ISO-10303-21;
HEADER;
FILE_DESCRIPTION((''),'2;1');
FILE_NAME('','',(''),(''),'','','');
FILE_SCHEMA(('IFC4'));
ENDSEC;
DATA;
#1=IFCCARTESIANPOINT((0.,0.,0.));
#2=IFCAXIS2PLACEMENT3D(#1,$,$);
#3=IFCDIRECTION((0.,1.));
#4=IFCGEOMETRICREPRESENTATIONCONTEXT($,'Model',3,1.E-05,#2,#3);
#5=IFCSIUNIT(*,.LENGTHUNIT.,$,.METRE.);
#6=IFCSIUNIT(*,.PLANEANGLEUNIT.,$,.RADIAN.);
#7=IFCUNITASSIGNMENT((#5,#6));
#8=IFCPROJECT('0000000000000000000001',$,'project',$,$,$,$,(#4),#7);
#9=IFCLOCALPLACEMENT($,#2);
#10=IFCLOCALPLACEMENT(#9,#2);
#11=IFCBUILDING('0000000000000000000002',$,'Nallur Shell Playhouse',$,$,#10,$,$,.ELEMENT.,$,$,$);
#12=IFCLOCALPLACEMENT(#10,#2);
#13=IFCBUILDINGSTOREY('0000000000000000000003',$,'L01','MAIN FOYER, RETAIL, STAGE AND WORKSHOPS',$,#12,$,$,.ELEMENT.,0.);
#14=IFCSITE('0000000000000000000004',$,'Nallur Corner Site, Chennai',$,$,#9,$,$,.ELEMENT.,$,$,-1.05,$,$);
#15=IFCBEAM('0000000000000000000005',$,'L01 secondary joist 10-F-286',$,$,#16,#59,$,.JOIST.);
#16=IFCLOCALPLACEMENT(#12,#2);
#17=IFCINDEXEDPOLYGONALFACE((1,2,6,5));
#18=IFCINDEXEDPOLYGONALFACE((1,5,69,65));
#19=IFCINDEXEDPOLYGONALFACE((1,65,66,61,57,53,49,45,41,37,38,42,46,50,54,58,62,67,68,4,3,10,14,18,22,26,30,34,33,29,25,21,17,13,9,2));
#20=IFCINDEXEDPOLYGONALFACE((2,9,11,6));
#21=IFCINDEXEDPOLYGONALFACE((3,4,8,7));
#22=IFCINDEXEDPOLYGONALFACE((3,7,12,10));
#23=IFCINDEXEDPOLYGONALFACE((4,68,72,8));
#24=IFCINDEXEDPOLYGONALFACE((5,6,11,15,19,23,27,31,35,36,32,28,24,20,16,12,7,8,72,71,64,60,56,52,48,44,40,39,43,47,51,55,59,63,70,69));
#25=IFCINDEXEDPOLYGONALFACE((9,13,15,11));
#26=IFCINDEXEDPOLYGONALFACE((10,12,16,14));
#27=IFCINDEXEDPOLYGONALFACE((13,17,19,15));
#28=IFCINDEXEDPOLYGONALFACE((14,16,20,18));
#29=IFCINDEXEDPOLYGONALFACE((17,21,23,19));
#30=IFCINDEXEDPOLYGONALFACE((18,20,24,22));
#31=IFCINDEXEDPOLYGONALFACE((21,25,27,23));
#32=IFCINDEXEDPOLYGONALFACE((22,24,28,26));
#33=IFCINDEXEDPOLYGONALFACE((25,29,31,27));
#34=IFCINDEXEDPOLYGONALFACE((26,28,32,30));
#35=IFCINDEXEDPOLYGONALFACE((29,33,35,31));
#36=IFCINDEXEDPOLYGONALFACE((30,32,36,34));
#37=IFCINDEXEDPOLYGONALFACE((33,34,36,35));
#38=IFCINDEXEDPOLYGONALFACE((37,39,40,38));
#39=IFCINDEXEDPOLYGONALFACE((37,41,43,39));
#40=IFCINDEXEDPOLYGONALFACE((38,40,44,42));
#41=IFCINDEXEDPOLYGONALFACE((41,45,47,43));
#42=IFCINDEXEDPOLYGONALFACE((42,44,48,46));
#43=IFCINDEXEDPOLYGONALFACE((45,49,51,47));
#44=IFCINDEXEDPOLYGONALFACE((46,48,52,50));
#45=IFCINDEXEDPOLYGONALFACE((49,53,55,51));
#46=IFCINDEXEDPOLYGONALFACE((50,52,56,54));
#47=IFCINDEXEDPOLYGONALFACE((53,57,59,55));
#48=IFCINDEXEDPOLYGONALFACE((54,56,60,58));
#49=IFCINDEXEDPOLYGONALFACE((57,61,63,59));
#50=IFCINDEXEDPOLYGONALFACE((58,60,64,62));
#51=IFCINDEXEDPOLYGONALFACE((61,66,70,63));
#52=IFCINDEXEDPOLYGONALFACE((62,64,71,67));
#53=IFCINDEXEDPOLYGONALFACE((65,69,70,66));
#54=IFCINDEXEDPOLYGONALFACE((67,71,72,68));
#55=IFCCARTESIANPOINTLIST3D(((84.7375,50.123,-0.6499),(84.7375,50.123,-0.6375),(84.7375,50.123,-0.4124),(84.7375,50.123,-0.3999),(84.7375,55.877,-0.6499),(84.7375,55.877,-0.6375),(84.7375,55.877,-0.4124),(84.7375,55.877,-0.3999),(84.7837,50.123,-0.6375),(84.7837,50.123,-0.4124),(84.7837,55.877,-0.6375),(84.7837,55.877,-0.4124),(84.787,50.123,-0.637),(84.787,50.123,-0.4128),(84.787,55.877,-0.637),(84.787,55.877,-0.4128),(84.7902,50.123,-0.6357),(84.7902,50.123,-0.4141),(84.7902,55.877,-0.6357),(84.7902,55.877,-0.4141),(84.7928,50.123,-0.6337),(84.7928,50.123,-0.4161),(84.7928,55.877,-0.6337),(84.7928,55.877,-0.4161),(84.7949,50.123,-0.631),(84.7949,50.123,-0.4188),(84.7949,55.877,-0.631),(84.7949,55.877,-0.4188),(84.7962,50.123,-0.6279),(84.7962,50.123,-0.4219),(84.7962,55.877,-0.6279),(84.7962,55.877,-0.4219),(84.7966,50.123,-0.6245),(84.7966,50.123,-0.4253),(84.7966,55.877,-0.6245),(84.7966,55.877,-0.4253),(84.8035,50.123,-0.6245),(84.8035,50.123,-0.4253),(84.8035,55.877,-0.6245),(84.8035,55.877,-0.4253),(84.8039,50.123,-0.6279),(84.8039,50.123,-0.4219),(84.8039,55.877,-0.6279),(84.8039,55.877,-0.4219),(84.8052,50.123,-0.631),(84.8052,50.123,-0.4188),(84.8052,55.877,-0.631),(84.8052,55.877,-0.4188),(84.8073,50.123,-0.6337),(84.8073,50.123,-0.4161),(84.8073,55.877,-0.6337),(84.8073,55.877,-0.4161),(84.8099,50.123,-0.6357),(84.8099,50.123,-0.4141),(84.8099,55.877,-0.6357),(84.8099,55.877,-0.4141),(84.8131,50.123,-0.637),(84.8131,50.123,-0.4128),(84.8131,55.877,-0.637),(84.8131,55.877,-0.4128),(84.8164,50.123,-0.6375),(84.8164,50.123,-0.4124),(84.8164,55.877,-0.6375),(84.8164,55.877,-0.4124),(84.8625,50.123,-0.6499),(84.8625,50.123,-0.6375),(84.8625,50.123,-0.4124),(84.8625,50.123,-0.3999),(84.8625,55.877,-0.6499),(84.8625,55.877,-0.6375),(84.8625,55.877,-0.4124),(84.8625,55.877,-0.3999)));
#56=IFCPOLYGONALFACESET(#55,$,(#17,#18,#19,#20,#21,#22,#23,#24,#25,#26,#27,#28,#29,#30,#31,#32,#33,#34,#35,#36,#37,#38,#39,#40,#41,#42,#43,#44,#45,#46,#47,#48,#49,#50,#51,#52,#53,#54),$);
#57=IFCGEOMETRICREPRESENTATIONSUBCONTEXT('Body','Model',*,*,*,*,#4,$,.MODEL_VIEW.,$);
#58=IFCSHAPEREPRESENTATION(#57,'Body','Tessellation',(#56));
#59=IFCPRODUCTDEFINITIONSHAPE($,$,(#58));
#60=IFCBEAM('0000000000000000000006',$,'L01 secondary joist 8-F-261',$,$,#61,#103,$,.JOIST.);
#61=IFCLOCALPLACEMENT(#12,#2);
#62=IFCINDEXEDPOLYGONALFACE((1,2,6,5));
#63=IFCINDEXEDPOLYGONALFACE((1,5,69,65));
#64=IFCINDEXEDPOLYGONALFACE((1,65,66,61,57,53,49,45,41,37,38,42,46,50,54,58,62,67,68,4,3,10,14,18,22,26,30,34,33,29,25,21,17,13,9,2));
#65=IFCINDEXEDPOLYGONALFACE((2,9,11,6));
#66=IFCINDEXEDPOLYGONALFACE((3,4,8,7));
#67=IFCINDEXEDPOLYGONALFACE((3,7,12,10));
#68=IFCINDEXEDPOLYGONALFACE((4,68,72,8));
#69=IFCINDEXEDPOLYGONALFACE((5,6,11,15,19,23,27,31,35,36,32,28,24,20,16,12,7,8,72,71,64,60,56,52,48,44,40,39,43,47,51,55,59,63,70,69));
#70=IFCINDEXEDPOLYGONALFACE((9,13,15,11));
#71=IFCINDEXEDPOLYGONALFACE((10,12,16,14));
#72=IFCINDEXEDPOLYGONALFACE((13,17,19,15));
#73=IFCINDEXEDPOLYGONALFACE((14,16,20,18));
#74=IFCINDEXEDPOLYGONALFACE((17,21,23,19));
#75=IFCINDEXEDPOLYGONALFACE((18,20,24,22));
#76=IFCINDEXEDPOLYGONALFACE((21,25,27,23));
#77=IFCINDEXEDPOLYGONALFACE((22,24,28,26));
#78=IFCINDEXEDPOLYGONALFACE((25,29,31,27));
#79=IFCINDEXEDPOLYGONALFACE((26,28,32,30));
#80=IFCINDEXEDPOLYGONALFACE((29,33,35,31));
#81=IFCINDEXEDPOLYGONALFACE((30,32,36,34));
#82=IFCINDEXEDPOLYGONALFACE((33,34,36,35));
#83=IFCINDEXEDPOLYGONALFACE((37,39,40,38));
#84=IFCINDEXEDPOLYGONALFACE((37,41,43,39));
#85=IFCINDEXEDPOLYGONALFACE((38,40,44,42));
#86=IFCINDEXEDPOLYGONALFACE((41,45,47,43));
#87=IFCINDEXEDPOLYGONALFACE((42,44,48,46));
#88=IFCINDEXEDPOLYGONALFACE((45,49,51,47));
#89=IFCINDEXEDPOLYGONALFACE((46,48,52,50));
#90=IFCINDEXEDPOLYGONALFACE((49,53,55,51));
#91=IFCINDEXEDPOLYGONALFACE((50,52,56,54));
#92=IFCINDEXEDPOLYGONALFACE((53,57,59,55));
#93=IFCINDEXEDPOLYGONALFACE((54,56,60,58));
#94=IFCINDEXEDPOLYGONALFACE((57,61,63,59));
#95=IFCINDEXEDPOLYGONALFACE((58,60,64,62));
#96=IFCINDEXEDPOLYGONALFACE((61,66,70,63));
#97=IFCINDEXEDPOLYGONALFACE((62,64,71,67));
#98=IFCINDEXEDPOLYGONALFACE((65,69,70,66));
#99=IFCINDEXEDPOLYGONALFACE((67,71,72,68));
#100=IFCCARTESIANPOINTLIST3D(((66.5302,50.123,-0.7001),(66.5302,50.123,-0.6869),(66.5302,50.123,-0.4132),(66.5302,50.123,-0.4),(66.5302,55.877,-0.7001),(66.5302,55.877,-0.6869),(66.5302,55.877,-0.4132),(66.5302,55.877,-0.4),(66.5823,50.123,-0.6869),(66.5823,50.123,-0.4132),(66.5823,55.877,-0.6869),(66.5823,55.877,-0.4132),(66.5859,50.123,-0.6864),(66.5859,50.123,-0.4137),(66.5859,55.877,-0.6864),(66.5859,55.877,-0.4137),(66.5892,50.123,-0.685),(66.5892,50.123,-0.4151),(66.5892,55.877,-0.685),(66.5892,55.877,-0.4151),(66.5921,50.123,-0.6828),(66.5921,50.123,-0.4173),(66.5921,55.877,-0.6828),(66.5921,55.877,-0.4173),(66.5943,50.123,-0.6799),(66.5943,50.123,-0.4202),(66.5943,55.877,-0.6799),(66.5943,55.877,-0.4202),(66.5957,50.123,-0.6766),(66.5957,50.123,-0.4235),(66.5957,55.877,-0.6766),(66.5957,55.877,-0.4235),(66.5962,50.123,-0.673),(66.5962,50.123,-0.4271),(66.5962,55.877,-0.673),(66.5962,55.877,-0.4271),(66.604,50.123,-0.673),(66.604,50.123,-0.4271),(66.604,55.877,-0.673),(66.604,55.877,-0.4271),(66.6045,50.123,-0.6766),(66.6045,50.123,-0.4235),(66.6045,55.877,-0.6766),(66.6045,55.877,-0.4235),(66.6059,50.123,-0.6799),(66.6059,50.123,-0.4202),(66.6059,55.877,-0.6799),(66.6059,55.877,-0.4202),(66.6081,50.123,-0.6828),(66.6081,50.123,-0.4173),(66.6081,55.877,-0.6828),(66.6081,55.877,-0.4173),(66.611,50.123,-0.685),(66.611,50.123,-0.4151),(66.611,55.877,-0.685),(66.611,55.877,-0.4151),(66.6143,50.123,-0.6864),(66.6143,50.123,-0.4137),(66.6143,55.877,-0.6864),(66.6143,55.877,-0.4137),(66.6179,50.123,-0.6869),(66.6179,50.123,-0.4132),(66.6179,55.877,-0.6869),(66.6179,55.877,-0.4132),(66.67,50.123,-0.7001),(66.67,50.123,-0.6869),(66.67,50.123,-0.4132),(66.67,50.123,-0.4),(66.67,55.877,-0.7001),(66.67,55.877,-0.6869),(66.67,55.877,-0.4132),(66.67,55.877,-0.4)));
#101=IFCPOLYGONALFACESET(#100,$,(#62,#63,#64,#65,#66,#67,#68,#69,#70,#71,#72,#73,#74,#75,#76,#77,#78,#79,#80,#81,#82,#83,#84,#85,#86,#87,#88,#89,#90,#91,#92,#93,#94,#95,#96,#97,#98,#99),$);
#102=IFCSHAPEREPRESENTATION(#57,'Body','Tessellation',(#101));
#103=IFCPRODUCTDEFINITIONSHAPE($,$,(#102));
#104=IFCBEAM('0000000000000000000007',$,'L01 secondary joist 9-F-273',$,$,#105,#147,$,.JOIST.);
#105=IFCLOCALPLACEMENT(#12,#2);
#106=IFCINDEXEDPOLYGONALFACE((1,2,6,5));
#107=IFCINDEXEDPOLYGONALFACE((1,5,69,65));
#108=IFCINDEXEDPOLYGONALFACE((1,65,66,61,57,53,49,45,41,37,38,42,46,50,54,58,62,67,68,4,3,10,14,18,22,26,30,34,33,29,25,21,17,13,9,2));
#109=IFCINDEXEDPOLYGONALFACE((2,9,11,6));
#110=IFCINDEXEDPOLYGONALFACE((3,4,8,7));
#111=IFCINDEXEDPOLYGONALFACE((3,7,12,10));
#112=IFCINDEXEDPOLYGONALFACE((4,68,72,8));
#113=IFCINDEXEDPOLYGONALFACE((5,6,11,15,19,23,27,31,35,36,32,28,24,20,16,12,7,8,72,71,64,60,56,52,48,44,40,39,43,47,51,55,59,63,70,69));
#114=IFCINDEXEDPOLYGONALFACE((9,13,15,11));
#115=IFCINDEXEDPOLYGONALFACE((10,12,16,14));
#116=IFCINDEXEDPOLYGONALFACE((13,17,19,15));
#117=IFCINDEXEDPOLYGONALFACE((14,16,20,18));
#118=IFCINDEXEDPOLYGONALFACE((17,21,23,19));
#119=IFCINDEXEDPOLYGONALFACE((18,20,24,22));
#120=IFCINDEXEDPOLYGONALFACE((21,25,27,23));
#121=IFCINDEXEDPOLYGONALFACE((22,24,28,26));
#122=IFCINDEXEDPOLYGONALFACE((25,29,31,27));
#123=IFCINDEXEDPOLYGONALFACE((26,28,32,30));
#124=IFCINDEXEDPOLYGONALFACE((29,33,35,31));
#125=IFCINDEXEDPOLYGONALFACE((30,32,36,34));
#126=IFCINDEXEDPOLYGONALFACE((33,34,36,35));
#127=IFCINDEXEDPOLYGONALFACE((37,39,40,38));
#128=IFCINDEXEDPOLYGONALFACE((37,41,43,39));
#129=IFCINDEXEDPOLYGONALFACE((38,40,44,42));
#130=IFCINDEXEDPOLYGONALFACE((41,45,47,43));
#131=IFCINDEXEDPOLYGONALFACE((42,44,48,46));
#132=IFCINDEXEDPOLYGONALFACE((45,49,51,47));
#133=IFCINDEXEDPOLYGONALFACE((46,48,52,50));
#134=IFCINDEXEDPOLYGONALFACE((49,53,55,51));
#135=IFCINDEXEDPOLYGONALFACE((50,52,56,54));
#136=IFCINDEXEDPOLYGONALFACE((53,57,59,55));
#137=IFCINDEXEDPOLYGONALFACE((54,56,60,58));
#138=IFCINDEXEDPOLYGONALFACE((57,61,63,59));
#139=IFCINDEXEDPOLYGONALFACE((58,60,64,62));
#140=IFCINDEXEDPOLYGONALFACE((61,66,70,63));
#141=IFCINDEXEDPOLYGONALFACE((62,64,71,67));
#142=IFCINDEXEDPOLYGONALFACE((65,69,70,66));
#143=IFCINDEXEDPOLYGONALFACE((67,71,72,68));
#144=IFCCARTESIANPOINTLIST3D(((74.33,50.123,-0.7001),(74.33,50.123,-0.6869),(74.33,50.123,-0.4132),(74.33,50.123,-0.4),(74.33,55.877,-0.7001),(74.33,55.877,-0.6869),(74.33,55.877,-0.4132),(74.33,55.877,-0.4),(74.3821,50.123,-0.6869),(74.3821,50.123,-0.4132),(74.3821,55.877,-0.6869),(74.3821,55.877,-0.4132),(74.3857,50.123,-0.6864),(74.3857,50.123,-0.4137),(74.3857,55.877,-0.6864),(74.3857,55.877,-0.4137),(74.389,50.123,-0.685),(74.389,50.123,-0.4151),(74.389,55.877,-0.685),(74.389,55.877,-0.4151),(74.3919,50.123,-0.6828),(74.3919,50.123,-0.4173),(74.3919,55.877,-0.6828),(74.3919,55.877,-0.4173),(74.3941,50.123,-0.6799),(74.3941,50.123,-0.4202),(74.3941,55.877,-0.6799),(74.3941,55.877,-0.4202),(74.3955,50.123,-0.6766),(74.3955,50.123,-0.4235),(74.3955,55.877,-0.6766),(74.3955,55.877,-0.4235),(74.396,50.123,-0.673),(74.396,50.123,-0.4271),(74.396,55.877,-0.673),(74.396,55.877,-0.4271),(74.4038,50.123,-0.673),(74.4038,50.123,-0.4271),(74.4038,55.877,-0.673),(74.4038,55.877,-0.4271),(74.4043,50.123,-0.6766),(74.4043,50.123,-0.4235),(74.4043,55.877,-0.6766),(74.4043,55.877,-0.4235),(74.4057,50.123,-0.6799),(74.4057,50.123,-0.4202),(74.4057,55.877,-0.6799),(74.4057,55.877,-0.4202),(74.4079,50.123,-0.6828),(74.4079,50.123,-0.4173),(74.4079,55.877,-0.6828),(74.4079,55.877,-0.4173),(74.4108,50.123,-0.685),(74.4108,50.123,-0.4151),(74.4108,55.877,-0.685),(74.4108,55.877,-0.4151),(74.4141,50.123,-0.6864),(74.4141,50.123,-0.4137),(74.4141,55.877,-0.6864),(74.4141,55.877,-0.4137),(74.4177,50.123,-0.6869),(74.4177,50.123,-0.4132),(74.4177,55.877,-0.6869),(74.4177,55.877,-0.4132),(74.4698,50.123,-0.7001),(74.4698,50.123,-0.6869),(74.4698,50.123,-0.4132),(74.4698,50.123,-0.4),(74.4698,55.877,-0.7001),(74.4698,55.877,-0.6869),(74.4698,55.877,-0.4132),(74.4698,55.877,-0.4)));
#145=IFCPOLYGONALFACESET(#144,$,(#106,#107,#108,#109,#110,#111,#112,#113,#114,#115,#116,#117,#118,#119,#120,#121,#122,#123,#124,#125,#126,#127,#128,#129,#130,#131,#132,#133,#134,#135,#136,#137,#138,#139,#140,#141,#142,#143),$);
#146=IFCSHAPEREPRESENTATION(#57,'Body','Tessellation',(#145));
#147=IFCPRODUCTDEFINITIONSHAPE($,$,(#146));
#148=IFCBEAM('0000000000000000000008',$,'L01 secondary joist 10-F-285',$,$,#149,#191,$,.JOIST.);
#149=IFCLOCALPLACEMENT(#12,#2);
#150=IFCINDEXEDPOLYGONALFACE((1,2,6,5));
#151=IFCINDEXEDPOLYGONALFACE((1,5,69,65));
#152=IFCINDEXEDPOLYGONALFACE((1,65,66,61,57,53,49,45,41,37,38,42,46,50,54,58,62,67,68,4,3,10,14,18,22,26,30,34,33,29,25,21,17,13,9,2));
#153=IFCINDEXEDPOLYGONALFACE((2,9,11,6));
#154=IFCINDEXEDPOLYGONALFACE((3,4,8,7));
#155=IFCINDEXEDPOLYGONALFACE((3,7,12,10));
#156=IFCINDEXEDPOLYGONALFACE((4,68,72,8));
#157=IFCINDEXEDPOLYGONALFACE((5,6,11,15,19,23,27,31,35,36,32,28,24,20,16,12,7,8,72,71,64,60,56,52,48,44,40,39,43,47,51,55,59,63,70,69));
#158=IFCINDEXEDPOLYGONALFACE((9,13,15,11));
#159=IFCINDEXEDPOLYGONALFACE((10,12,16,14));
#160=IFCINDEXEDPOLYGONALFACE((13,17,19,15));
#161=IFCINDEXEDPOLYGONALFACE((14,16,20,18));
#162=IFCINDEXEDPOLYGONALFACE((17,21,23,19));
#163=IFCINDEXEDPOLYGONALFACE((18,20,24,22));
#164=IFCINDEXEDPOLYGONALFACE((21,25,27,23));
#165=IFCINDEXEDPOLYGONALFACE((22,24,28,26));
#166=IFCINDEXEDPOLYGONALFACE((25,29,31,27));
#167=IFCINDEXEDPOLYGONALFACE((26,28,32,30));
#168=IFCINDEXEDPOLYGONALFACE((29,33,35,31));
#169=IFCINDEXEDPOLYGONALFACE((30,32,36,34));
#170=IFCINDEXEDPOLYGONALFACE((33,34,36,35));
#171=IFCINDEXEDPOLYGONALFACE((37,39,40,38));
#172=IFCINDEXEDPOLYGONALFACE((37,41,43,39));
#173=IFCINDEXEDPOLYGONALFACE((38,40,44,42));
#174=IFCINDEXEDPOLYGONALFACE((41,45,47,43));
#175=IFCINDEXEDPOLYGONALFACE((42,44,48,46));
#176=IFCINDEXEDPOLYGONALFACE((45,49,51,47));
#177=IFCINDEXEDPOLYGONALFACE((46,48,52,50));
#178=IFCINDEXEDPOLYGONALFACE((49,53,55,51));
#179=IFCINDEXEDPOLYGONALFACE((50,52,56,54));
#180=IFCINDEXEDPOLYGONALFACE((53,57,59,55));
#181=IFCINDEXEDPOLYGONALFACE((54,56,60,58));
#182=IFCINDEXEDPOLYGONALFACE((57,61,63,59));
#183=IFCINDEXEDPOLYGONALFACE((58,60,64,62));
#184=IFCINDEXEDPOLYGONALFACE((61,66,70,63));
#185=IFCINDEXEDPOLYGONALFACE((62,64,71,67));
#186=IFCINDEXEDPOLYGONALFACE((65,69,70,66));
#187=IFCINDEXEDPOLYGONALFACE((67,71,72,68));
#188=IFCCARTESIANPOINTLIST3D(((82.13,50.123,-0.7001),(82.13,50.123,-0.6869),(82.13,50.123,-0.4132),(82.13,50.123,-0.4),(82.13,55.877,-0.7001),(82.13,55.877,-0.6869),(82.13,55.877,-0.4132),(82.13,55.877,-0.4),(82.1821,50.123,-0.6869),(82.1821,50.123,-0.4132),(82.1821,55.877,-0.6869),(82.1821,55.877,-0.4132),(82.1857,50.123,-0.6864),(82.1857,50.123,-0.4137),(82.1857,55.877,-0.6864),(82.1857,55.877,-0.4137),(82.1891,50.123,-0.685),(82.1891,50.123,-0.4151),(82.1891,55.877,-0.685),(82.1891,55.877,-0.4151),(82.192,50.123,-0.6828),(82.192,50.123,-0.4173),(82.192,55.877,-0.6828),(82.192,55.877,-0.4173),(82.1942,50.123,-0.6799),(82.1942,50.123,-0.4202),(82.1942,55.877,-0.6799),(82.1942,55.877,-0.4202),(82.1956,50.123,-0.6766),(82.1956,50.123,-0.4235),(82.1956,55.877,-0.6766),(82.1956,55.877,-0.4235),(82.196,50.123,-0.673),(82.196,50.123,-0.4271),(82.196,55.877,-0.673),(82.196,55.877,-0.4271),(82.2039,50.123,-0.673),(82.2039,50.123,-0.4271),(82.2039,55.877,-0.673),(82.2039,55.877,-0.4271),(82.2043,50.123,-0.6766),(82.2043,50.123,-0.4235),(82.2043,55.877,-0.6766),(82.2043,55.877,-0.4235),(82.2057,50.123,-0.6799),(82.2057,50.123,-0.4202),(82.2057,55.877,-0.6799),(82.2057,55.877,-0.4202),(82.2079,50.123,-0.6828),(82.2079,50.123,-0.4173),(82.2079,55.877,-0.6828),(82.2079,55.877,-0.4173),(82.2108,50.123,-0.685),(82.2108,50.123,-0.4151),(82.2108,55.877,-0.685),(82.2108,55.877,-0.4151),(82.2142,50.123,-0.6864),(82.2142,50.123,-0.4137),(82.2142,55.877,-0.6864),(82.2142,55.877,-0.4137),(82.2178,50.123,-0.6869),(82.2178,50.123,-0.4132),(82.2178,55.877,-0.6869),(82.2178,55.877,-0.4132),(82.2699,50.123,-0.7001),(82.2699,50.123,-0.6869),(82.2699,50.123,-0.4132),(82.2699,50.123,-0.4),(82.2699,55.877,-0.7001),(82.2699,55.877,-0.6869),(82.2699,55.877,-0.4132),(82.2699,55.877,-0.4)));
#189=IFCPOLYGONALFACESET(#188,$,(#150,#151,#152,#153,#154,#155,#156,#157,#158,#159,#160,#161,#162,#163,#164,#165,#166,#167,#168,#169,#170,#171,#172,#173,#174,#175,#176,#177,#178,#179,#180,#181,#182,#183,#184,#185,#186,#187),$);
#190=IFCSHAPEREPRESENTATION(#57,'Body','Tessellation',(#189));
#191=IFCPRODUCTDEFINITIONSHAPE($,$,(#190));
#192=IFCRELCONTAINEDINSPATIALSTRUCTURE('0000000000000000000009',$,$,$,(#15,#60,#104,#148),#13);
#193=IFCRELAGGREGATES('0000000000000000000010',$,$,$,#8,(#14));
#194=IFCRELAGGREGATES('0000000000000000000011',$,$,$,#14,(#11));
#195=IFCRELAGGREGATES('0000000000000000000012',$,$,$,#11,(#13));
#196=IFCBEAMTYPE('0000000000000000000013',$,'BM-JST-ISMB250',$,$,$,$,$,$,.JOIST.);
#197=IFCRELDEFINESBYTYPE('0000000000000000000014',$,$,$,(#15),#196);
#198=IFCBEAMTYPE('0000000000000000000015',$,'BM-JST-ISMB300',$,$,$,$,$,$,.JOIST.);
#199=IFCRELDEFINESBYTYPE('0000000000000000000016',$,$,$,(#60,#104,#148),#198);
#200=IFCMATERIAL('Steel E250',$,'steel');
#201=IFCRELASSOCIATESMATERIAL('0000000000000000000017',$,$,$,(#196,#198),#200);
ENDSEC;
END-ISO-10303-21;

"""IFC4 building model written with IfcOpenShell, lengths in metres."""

from ifc_helpers import new_model, si_unit, direction, frame, origin, origin_2d, place, context, subcontext, project, spatial, i_section, extrude, material, material_profile, profile_set, type_object, element, save


model = new_model("IFC4")

# Units and contexts
model_context = context("Model", 3, precision=1e-05, world=origin(), true_north=direction((0.0, 1.0)))
body_context = subcontext(model_context, "Body", "Model", "MODEL_VIEW")
ifc_project = project(units=[si_unit("LENGTHUNIT", "METRE"), si_unit("PLANEANGLEUNIT", "RADIAN")], contexts=[model_context])

# Site, building, storey
site_placement = place(None, origin())
site = spatial("IfcSite", under=ifc_project, at=site_placement, Name="Nallur Corner Site, Chennai", CompositionType="ELEMENT", RefElevation=-1.05)
building_placement = place(site_placement, origin())
building = spatial("IfcBuilding", under=site, at=building_placement, Name="Nallur Shell Playhouse", CompositionType="ELEMENT")
storey_placement = place(building_placement, origin())
storey = spatial("IfcBuildingStorey", under=building, at=storey_placement, Name="L01", Description="MAIN FOYER, RETAIL, STAGE AND WORKSHOPS", CompositionType="ELEMENT", Elevation=0.0)

# Beams
ifc_material_1 = material(Name="Steel E250", Category="steel")
ifc_material_profile_1 = material_profile(ifc_material_1, i_section(OverallWidth=0.125, OverallDepth=0.25, WebThickness=0.0068, FlangeThickness=0.0125, FilletRadius=0.0129, at=origin_2d()), Name="ISMB 250")
ifc_profile_set_1 = profile_set([ifc_material_profile_1], Name="Steel E250")
beam_type_1 = type_object("IfcBeamType", Name="BM-JST-ISMB250", PredefinedType="JOIST", material=ifc_profile_set_1)
for number, where, z_axis, x_axis, name in (
    (1, (84.8, 50.123, -0.5249), (0.0, 1.0, 0.0), (-1.0, 0.0, 0.0), "L01 secondary joist 10-F-286"),
):
    element("IfcBeam", number, at=place(storey_placement, frame(where, z_axis=z_axis, x_axis=x_axis)), inside=storey, type_object=beam_type_1, Name=name, PredefinedType="JOIST", context=body_context, shape_type="SweptSolid", body=[
        extrude(i_section(OverallWidth=0.125, OverallDepth=0.25, WebThickness=0.0068, FlangeThickness=0.0125, FilletRadius=0.0129, at=origin_2d()), origin(), (0.0, 0.0, 1.0), 5.7539),
    ])
ifc_material_profile_2 = material_profile(ifc_material_1, i_section(OverallWidth=0.1399, OverallDepth=0.3, WebThickness=0.0078, FlangeThickness=0.0132, FilletRadius=0.0139, at=origin_2d()), Name="ISMB 300")
ifc_profile_set_2 = profile_set([ifc_material_profile_2], Name="Steel E250")
beam_type_2 = type_object("IfcBeamType", Name="BM-JST-ISMB300", PredefinedType="JOIST", material=ifc_profile_set_2)
for number, where, z_axis, x_axis, name in (
    (2, (66.6001, 50.123, -0.55), (0.0, 1.0, 0.0), (-1.0, 0.0, 0.0), "L01 secondary joist 8-F-261"),
    (3, (74.3999, 50.123, -0.55), (0.0, 1.0, 0.0), (-1.0, 0.0, 0.0), "L01 secondary joist 9-F-273"),
    (4, (82.2, 50.123, -0.55), (0.0, 1.0, 0.0), (-1.0, 0.0, 0.0), "L01 secondary joist 10-F-285"),
):
    element("IfcBeam", number, at=place(storey_placement, frame(where, z_axis=z_axis, x_axis=x_axis)), inside=storey, type_object=beam_type_2, Name=name, PredefinedType="JOIST", context=body_context, shape_type="SweptSolid", body=[
        extrude(i_section(OverallWidth=0.1399, OverallDepth=0.3, WebThickness=0.0078, FlangeThickness=0.0132, FilletRadius=0.0139, at=origin_2d()), origin(), (0.0, 0.0, 1.0), 5.7539),
    ])

save(model, "model.ifc")
